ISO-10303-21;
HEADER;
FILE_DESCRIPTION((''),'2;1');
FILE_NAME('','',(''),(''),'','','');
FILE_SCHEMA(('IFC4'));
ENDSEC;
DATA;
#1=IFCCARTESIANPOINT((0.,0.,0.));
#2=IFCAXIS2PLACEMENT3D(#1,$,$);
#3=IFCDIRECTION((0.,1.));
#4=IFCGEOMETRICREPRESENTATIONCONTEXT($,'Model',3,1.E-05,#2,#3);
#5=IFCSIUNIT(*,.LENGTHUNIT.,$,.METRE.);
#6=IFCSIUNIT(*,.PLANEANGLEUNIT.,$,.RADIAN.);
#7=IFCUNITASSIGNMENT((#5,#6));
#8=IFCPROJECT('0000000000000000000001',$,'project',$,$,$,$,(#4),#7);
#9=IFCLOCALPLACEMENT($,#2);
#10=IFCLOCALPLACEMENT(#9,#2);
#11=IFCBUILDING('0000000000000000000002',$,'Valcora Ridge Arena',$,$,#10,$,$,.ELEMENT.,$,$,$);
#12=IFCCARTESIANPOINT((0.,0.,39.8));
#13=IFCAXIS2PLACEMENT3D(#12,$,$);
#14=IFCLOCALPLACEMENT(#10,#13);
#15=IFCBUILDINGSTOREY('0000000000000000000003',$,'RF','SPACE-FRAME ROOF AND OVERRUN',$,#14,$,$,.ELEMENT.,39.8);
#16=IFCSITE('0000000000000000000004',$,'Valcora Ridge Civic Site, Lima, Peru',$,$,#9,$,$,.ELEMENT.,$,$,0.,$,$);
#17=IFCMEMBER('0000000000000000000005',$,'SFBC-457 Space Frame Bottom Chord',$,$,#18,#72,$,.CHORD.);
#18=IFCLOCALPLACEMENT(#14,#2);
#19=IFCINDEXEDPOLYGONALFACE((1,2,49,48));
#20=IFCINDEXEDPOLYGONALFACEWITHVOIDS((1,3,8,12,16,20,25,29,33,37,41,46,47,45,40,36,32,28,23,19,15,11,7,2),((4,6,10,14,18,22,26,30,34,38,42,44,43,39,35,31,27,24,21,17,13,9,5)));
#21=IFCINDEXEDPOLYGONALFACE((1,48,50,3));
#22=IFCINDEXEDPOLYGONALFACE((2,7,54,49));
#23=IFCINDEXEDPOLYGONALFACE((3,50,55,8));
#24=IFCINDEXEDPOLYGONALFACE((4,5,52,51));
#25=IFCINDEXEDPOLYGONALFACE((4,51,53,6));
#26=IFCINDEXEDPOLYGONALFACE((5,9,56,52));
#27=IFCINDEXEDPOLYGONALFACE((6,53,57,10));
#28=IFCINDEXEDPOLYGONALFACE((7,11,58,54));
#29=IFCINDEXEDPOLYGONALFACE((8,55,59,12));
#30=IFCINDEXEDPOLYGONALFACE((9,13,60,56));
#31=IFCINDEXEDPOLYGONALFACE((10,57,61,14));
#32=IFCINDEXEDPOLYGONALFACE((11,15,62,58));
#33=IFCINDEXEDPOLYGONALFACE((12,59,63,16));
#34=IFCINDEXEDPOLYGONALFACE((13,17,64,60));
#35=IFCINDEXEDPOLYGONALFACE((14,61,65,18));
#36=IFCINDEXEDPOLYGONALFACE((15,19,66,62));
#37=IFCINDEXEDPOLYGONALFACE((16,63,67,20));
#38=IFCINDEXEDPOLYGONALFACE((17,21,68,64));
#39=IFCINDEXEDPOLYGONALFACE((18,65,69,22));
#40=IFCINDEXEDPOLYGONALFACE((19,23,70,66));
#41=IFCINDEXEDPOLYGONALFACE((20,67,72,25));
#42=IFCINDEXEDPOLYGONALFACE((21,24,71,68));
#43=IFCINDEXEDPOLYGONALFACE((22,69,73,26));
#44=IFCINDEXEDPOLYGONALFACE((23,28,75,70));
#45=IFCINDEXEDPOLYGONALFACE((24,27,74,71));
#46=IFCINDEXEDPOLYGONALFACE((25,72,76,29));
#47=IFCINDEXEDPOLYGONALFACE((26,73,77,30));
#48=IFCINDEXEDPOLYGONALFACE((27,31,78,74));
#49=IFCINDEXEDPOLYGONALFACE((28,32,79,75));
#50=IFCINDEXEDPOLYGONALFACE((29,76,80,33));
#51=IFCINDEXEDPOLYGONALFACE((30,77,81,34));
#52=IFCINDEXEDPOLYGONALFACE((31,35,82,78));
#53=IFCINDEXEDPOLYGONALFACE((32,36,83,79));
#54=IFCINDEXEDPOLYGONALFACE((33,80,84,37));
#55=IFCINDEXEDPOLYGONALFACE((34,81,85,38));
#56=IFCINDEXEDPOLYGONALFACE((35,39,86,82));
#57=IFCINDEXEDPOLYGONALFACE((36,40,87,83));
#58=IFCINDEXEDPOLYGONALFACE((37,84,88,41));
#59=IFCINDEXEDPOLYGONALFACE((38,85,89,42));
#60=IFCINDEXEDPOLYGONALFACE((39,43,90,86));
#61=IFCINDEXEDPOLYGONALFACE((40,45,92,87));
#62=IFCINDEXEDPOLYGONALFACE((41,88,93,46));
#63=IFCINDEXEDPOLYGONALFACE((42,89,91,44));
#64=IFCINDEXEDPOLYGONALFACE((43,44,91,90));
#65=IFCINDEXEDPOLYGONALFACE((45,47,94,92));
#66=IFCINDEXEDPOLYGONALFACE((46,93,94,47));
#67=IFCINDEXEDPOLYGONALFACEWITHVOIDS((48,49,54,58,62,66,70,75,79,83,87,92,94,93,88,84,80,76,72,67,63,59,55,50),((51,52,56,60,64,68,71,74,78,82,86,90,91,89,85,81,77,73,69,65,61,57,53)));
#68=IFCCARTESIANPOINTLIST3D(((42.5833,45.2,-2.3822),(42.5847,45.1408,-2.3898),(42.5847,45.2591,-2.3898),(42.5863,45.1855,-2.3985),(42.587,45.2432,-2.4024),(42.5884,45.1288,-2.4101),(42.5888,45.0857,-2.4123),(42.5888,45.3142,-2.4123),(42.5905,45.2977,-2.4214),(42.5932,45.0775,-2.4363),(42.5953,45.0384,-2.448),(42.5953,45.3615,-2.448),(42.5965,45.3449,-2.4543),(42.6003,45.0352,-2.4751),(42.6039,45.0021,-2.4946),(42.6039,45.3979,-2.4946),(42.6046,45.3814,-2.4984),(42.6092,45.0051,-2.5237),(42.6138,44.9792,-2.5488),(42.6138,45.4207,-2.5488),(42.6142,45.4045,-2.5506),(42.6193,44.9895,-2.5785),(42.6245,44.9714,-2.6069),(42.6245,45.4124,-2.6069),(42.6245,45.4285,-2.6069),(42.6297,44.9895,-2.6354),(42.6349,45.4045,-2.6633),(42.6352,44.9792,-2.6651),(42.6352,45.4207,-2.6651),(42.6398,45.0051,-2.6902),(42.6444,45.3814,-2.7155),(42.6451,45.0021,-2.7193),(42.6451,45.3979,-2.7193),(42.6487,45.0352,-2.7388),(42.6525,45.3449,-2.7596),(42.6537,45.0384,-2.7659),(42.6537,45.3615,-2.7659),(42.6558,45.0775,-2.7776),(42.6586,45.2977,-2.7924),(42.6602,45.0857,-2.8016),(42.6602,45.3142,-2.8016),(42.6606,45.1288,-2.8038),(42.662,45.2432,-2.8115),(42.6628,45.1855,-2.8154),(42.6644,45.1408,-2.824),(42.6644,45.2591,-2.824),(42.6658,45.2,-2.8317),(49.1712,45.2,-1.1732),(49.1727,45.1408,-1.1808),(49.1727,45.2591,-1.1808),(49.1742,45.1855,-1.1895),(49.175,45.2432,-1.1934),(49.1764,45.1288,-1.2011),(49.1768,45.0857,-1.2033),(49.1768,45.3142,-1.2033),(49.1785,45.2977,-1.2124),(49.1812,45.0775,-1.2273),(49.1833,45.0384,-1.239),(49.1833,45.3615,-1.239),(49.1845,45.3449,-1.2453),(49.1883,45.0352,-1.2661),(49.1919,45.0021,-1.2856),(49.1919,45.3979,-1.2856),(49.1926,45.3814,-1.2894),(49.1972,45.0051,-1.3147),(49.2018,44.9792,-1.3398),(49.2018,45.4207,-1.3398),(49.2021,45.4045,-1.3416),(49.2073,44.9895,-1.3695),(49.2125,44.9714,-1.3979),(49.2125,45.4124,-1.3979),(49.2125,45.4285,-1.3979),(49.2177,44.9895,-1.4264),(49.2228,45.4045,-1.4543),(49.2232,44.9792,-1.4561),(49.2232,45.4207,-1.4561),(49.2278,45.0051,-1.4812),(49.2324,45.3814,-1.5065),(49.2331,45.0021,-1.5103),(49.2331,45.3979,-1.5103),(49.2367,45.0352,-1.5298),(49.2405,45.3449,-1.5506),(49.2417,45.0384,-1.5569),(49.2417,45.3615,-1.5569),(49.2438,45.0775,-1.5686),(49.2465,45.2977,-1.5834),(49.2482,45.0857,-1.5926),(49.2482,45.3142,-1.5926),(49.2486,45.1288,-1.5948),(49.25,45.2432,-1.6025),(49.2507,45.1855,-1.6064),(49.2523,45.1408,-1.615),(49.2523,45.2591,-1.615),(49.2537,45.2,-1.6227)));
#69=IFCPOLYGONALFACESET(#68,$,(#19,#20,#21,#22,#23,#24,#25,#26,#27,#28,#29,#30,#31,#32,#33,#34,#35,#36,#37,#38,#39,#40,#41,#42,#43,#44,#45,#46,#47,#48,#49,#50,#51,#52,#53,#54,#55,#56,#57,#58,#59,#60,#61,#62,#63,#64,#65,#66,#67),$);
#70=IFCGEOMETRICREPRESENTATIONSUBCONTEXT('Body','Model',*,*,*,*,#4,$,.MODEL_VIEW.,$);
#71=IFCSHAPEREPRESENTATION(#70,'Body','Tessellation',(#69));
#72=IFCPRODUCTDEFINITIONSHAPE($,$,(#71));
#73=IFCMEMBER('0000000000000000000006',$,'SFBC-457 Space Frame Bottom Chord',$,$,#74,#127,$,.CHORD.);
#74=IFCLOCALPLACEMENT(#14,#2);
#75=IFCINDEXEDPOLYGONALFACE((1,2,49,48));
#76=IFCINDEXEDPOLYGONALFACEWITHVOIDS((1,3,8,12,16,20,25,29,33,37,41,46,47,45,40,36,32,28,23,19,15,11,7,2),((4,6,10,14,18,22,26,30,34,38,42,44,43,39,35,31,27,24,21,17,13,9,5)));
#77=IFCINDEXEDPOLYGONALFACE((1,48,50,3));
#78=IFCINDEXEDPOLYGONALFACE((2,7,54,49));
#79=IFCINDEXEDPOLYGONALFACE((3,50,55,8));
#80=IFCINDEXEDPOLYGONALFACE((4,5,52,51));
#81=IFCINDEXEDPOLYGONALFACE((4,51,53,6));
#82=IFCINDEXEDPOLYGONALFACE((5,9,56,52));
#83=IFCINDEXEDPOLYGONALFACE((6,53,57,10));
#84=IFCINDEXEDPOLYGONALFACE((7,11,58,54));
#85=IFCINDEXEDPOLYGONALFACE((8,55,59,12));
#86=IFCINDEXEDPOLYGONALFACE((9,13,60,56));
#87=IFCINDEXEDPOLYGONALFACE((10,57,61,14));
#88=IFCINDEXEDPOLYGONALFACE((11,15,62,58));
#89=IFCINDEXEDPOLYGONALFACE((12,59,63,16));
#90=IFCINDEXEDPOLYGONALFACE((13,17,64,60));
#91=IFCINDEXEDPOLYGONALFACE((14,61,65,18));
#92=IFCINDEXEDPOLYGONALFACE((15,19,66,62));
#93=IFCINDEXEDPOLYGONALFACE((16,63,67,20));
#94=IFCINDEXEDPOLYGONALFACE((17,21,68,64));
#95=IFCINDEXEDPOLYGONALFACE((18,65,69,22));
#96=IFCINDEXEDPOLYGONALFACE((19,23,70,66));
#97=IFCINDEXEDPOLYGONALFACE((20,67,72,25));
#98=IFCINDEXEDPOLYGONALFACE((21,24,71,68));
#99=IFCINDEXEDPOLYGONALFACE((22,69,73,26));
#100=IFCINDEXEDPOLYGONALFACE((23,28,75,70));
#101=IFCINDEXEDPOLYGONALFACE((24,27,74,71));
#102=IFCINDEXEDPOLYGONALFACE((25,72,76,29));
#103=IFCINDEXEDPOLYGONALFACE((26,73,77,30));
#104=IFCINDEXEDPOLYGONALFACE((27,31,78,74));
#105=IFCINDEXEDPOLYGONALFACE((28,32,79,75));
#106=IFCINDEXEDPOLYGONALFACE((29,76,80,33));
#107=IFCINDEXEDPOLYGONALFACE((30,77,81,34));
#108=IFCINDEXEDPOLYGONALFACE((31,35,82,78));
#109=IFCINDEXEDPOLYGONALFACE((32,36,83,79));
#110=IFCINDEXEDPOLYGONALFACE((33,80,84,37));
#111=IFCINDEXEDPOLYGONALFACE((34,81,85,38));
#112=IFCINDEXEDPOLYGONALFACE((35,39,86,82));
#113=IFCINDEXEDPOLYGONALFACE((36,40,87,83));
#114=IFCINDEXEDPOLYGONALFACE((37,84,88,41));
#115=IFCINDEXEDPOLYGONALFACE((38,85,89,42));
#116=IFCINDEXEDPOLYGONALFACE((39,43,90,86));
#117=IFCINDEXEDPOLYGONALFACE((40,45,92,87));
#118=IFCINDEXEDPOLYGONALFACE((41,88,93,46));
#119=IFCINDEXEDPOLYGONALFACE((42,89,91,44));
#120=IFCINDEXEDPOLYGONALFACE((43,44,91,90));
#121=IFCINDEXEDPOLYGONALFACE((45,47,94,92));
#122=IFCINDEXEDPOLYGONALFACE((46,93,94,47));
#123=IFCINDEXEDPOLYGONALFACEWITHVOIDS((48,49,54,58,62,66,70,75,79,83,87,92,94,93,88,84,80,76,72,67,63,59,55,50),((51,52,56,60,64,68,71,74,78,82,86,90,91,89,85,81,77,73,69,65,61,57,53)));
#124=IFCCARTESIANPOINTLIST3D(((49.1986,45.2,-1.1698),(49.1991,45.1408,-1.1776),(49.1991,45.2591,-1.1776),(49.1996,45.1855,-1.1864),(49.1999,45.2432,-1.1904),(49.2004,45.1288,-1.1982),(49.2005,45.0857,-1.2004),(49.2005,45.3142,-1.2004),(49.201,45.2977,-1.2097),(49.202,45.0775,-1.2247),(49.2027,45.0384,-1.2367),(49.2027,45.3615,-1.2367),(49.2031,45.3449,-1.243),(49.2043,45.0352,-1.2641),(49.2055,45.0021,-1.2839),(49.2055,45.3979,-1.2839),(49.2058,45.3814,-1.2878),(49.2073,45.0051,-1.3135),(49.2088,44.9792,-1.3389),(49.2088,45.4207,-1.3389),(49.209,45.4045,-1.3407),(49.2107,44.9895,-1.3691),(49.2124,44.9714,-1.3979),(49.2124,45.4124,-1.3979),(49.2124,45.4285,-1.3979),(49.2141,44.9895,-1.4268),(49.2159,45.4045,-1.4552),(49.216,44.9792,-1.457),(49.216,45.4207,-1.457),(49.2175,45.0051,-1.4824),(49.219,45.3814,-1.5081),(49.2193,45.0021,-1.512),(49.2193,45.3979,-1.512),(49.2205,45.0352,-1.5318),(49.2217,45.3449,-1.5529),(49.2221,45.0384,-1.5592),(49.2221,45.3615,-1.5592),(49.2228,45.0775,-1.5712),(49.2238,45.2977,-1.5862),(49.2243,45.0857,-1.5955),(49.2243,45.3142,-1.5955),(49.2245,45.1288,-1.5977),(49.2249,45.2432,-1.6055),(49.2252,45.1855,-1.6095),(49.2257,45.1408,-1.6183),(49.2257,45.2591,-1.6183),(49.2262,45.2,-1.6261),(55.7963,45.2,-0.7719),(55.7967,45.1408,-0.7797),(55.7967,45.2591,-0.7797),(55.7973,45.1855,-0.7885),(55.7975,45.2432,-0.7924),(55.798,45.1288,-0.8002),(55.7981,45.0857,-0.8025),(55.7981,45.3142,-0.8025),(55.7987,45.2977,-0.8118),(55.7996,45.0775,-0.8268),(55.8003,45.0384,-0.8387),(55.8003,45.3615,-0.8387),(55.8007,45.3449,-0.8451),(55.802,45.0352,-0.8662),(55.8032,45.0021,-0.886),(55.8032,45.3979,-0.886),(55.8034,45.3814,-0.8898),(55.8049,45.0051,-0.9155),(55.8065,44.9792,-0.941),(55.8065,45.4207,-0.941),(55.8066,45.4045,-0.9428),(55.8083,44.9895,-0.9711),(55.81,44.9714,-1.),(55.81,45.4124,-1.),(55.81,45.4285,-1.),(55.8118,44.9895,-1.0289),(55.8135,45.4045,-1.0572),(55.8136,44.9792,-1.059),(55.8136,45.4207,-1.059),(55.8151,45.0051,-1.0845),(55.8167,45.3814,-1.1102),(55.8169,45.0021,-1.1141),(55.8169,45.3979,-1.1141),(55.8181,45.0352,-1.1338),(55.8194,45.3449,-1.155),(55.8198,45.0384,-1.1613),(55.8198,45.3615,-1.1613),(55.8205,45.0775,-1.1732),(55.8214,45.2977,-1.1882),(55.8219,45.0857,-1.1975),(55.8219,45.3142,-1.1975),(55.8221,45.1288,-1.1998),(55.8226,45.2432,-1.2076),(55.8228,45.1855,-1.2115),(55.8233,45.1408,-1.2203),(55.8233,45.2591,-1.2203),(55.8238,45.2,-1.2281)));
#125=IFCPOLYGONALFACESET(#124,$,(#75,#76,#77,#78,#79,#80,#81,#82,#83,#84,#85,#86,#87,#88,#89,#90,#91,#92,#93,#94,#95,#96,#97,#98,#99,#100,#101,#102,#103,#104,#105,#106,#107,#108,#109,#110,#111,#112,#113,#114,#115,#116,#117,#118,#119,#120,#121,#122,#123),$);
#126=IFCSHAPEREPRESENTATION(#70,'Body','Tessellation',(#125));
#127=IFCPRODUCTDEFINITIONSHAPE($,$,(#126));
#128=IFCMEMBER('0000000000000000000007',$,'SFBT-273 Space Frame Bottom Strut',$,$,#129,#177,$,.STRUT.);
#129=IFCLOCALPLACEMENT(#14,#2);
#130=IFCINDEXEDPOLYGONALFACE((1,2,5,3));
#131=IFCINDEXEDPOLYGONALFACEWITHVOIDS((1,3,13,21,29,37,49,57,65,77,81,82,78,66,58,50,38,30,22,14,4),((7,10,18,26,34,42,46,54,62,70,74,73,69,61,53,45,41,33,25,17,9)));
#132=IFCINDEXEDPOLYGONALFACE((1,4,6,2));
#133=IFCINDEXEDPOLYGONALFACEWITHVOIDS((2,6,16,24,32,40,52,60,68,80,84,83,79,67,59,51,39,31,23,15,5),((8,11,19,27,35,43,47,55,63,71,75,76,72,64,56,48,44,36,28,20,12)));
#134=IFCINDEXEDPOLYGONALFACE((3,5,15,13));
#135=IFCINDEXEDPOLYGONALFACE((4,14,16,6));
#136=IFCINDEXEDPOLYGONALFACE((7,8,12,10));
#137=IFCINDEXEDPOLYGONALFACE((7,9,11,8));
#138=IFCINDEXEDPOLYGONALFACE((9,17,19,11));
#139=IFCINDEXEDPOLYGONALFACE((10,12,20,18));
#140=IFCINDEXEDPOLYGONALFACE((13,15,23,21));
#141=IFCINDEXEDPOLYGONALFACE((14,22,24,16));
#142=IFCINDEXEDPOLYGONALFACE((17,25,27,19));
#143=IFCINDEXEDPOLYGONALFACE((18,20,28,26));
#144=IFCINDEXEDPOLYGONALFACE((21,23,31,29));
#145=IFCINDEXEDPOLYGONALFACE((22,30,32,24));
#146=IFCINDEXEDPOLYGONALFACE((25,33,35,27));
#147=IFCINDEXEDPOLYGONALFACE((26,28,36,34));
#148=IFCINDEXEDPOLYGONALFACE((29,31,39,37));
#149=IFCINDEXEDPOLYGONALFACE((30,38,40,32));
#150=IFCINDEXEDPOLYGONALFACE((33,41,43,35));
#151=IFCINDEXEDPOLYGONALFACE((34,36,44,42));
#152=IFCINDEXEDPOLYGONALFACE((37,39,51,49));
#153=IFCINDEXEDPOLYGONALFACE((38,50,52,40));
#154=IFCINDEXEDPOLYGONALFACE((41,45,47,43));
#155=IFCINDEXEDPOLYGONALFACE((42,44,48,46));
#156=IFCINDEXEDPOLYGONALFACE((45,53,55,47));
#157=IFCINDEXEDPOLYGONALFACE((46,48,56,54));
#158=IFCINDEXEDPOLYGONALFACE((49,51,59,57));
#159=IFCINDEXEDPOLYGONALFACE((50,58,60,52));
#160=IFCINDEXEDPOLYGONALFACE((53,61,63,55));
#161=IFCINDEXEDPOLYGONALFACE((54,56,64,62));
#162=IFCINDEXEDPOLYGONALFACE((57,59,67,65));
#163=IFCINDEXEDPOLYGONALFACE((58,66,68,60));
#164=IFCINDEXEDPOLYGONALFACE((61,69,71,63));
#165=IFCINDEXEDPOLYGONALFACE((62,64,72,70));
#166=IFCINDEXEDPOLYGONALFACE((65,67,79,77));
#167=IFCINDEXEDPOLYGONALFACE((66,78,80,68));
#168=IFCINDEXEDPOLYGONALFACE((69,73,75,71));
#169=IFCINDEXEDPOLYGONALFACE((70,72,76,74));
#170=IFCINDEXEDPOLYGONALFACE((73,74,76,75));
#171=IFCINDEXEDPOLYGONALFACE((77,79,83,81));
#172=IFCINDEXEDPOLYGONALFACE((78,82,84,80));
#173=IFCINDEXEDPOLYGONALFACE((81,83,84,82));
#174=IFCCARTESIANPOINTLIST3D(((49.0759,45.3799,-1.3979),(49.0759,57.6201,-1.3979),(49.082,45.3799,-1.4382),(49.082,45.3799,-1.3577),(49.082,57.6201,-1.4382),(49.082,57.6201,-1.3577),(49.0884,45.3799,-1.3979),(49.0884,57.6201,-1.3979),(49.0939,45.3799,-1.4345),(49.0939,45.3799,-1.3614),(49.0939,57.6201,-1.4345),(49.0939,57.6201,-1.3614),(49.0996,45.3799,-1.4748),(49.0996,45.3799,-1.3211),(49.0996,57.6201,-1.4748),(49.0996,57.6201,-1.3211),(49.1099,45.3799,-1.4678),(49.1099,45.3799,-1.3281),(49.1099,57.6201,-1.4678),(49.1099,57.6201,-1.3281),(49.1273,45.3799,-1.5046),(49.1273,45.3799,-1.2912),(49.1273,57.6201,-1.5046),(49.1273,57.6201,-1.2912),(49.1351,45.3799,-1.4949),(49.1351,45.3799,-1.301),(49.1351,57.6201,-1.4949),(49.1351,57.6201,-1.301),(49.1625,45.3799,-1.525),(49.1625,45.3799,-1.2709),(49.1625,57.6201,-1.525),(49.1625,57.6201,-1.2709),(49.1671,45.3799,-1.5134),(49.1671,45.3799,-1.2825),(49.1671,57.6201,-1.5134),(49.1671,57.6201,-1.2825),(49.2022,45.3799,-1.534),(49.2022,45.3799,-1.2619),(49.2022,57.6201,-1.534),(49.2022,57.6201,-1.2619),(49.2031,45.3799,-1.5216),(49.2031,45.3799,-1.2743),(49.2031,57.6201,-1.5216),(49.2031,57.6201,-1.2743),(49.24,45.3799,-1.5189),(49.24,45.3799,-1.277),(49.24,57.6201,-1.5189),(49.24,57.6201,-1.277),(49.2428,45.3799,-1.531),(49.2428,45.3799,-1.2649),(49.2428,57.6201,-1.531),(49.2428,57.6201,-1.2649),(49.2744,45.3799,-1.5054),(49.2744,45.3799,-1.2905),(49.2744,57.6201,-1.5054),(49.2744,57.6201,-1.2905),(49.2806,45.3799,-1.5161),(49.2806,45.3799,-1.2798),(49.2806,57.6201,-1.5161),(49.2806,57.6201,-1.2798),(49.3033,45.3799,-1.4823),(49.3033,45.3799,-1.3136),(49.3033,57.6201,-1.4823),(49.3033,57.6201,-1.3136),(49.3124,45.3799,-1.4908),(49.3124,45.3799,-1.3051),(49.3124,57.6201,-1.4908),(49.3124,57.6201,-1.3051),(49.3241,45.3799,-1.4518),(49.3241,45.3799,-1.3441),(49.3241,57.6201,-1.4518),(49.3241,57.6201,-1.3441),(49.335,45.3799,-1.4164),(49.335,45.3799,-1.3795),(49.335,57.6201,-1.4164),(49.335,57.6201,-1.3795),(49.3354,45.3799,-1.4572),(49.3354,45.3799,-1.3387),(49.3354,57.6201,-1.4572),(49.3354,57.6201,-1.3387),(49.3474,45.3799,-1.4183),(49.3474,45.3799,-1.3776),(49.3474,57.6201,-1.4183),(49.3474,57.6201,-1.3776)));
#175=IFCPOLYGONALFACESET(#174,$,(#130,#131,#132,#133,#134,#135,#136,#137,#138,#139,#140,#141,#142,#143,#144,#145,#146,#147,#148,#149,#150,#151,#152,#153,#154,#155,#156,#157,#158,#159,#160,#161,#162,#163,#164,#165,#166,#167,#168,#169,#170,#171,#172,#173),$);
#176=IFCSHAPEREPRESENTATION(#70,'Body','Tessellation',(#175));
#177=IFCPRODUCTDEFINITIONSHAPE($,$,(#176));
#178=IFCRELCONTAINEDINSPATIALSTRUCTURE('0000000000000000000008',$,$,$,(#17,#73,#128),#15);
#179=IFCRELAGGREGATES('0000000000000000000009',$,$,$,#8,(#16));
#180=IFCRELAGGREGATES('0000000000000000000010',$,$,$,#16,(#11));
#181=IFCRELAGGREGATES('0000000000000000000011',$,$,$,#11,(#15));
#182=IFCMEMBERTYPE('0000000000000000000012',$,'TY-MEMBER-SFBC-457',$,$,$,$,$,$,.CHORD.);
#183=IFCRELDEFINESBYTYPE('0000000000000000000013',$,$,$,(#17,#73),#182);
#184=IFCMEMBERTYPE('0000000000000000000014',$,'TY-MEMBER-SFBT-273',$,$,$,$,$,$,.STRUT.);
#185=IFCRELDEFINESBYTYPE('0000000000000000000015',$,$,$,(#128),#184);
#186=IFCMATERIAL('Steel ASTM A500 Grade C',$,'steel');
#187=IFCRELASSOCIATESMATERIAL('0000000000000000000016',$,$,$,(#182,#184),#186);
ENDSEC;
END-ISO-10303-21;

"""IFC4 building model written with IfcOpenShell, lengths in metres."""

from ifc_helpers import new_model, si_unit, direction, frame, origin, origin_2d, place, context, subcontext, project, spatial, hollow_circle, extrude, material, material_profile, profile_set, type_object, element, save


model = new_model("IFC4")

# Units and contexts
model_context = context("Model", 3, precision=1e-05, world=origin(), true_north=direction((0.0, 1.0)))
body_context = subcontext(model_context, "Body", "Model", "MODEL_VIEW")
ifc_project = project(units=[si_unit("LENGTHUNIT", "METRE"), si_unit("PLANEANGLEUNIT", "RADIAN")], contexts=[model_context])

# Site, building, storey
site_placement = place(None, origin())
site = spatial("IfcSite", under=ifc_project, at=site_placement, Name="Valcora Ridge Civic Site, Lima, Peru", CompositionType="ELEMENT", RefElevation=0.0)
building_placement = place(site_placement, origin())
building = spatial("IfcBuilding", under=site, at=building_placement, Name="Valcora Ridge Arena", CompositionType="ELEMENT")
storey_placement = place(building_placement, frame((0.0, 0.0, 39.8)))
storey = spatial("IfcBuildingStorey", under=building, at=storey_placement, Name="RF", Description="SPACE-FRAME ROOF AND OVERRUN", CompositionType="ELEMENT", Elevation=39.8)

# Members
ifc_material_1 = material(Name="Steel ASTM A500 Grade C", Category="steel")
ifc_material_profile_1 = material_profile(ifc_material_1, hollow_circle(Radius=0.2285, WallThickness=0.0161, at=origin_2d()), Name="CHS457X16")
ifc_profile_set_1 = profile_set([ifc_material_profile_1], Name="Steel ASTM A500 Grade C")
member_type_1 = type_object("IfcMemberType", Name="TY-MEMBER-SFBC-457", PredefinedType="CHORD", material=ifc_profile_set_1)
member_1_placement = place(storey_placement, frame((42.6245, 45.2, -2.6069), z_axis=(0.983575, 0.0, 0.180502), x_axis=(0.0, 1.0, 0.0)))
element("IfcMember", 1, at=member_1_placement, inside=storey, type_object=member_type_1, Name="SFBC-457 Space Frame Bottom Chord", PredefinedType="CHORD", context=body_context, shape_type="SweptSolid", body=[
    extrude(hollow_circle(Radius=0.2285, WallThickness=0.0161, at=origin_2d()), origin(), (0.0, 0.0, 1.0), 6.698),
])
member_2_placement = place(storey_placement, frame((49.2124, 45.2, -1.3979), z_axis=(0.998186, 0.0, 0.060207), x_axis=(0.0, 1.0, 0.0)))
element("IfcMember", 2, at=member_2_placement, inside=storey, type_object=member_type_1, Name="SFBC-457 Space Frame Bottom Chord", PredefinedType="CHORD", context=body_context, shape_type="SweptSolid", body=[
    extrude(hollow_circle(Radius=0.2285, WallThickness=0.0161, at=origin_2d()), origin(), (0.0, 0.0, 1.0), 6.6096),
])
ifc_material_profile_2 = material_profile(ifc_material_1, hollow_circle(Radius=0.1365, WallThickness=0.0125, at=origin_2d()), Name="CHS273X12")
ifc_profile_set_2 = profile_set([ifc_material_profile_2], Name="Steel ASTM A500 Grade C")
member_type_2 = type_object("IfcMemberType", Name="TY-MEMBER-SFBT-273", PredefinedType="STRUT", material=ifc_profile_set_2)
member_3_placement = place(storey_placement, frame((49.2124, 45.3799, -1.3979), z_axis=(0.0, 1.0, 0.0), x_axis=(-1.0, 0.0, 0.0)))
element("IfcMember", 3, at=member_3_placement, inside=storey, type_object=member_type_2, Name="SFBT-273 Space Frame Bottom Strut", PredefinedType="STRUT", context=body_context, shape_type="SweptSolid", body=[
    extrude(hollow_circle(Radius=0.1365, WallThickness=0.0125, at=origin_2d()), origin(), (0.0, 0.0, 1.0), 12.2402),
])

save(model, "model.ifc")
